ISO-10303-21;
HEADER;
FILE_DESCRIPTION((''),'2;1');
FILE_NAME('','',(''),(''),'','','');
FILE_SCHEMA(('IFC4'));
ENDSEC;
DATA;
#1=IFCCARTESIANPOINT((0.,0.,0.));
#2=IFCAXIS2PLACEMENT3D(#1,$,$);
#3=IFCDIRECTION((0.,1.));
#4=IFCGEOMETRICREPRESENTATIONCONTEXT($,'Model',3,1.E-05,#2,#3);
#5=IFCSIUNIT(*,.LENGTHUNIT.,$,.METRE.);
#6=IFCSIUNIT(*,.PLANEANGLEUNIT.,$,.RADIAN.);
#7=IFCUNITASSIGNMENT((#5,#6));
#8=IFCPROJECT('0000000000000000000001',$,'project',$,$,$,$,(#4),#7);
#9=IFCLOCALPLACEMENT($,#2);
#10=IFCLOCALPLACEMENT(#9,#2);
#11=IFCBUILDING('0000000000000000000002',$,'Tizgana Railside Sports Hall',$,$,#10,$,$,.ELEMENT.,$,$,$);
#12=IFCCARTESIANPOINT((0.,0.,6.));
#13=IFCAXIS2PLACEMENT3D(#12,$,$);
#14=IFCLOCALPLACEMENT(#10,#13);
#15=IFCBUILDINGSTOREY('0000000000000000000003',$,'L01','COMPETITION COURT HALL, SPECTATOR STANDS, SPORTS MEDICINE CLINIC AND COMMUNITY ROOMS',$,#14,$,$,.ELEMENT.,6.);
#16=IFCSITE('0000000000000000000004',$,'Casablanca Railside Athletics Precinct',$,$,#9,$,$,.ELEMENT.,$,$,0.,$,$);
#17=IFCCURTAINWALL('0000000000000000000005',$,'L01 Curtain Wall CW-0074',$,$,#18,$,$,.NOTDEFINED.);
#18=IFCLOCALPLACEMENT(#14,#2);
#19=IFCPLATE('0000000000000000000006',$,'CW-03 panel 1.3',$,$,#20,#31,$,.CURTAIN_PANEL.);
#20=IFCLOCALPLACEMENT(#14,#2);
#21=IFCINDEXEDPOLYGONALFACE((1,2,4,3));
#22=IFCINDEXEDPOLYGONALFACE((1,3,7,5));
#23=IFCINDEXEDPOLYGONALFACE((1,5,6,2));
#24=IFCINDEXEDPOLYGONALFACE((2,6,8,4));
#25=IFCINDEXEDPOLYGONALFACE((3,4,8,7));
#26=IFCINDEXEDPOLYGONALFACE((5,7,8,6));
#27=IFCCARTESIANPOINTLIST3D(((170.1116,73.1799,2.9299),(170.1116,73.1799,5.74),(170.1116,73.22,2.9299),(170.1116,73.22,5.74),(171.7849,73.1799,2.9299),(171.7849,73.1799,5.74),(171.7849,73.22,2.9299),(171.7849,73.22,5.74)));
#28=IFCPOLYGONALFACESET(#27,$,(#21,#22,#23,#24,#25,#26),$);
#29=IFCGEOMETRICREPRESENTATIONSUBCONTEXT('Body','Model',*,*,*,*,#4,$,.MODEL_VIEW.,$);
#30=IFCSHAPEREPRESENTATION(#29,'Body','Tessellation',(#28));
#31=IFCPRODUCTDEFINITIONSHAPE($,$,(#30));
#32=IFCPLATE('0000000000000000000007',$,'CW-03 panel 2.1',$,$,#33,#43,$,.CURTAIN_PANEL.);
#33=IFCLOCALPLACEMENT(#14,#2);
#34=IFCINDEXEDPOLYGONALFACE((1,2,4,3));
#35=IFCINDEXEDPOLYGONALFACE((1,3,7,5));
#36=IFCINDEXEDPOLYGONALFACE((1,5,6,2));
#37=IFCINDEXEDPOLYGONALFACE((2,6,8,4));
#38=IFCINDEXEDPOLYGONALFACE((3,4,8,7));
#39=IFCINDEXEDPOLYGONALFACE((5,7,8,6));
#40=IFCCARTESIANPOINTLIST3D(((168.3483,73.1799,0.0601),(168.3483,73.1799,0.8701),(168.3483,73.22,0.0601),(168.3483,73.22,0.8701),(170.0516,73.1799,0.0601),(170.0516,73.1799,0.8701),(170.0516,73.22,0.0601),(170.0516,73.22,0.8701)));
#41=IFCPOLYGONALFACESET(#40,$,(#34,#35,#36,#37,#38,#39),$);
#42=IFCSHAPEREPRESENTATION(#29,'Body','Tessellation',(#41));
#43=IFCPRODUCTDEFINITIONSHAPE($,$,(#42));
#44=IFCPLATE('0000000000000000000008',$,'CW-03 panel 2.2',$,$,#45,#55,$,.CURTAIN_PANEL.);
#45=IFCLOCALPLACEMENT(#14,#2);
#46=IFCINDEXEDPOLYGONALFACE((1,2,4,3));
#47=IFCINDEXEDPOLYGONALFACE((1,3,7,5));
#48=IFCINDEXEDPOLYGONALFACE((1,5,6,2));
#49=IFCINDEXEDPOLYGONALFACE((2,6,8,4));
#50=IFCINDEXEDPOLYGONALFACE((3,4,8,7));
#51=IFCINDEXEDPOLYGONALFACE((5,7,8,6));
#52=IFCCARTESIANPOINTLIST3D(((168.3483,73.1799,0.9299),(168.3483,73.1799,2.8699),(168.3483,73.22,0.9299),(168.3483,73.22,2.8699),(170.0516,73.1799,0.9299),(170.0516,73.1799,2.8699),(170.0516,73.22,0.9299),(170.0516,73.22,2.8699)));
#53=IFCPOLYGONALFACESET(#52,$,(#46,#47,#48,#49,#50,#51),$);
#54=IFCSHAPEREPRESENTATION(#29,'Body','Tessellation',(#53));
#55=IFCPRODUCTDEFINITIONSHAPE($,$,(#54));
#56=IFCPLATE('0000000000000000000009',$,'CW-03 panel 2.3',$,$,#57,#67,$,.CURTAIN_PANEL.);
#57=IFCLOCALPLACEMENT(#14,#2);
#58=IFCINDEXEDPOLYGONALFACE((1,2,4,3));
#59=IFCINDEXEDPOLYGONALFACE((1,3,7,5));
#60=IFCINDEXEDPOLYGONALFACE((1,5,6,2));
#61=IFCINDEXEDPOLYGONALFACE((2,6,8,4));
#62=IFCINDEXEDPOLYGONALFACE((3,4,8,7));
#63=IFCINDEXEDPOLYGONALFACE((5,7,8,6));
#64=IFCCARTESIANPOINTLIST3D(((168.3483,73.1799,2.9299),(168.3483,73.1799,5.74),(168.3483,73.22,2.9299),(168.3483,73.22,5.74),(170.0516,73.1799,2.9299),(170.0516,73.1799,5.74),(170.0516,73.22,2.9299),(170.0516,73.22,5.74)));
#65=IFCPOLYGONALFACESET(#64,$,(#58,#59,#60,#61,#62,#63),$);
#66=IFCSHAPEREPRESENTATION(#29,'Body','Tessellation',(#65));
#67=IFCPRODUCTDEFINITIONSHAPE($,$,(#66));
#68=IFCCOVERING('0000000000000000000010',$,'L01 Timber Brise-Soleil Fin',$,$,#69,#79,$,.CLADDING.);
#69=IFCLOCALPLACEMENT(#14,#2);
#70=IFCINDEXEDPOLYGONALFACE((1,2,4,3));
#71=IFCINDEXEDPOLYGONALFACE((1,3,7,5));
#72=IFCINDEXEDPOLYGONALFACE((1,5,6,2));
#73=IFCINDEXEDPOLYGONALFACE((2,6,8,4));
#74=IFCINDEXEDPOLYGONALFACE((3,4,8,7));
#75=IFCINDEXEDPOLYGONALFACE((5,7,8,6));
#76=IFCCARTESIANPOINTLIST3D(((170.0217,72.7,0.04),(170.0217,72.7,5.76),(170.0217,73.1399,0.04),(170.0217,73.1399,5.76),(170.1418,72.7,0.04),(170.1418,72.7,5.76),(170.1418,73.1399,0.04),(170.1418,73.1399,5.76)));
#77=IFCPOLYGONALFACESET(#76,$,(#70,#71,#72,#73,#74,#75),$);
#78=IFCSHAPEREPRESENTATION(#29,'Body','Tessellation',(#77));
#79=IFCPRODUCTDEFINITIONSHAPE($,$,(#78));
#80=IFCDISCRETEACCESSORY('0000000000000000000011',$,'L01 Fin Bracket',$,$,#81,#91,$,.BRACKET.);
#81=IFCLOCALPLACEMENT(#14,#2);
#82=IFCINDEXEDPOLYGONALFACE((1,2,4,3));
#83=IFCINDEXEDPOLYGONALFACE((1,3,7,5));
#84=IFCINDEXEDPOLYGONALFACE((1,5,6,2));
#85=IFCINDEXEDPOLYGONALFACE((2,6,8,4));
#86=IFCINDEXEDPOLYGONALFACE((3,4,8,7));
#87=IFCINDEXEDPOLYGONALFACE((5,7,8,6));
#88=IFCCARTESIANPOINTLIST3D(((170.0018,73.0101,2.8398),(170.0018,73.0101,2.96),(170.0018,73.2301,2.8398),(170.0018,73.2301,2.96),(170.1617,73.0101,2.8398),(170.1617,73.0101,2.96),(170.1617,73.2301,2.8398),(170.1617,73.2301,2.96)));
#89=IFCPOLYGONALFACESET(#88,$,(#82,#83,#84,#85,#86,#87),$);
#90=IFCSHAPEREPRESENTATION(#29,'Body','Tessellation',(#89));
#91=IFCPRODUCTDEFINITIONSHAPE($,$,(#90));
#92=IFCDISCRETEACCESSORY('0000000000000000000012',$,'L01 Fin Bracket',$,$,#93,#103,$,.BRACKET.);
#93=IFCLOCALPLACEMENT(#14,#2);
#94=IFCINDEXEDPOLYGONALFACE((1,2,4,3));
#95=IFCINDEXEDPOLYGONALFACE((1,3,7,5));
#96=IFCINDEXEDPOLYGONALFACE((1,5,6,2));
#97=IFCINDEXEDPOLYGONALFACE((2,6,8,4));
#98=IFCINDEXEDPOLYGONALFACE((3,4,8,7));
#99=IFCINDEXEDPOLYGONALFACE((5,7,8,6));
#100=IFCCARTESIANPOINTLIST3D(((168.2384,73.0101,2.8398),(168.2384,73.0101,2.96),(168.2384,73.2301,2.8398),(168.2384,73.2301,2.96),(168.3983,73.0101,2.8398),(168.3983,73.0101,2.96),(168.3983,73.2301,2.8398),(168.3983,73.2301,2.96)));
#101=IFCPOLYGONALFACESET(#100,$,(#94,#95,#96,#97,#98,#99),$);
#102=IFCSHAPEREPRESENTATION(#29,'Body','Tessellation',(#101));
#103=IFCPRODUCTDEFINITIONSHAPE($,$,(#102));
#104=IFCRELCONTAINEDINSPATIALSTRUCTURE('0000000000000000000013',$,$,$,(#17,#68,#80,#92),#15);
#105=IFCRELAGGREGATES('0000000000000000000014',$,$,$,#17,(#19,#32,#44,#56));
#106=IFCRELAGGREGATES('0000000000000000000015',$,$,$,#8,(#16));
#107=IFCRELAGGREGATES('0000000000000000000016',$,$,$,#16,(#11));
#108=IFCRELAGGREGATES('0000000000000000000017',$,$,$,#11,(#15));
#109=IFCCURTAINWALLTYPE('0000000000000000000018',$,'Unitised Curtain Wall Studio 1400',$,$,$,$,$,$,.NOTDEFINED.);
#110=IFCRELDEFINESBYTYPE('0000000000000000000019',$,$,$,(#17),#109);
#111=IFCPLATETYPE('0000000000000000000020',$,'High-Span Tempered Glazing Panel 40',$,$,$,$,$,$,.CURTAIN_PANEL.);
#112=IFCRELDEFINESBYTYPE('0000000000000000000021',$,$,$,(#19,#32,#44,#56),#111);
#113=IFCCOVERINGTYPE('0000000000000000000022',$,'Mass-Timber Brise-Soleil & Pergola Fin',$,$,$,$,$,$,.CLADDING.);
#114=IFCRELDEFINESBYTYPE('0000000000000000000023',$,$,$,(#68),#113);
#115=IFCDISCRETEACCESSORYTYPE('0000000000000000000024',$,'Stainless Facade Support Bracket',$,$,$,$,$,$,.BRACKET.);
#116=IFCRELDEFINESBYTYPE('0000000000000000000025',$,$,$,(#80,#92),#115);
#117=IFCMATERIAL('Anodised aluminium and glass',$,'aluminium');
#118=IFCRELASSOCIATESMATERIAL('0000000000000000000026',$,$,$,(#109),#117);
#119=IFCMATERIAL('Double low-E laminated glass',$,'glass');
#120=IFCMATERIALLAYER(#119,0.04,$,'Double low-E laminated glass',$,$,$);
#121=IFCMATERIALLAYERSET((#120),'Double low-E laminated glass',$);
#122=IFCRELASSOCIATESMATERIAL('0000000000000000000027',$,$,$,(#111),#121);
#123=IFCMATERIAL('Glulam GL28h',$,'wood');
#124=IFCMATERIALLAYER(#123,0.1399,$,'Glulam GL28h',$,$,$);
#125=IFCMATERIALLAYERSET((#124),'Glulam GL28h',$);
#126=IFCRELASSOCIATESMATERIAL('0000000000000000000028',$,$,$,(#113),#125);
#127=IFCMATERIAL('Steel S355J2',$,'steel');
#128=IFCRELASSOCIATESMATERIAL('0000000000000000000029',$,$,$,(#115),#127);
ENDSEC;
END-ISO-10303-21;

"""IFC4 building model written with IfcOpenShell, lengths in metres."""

from ifc_helpers import new_model, si_unit, direction, frame, origin, origin_2d, place, context, subcontext, project, spatial, rectangle, extrude, material, layer, layer_set, type_object, element, aggregate, save


model = new_model("IFC4")

# Units and contexts
model_context = context("Model", 3, precision=1e-05, world=origin(), true_north=direction((0.0, 1.0)))
body_context = subcontext(model_context, "Body", "Model", "MODEL_VIEW")
ifc_project = project(units=[si_unit("LENGTHUNIT", "METRE"), si_unit("PLANEANGLEUNIT", "RADIAN")], contexts=[model_context])

# Site, building, storey
site_placement = place(None, origin())
site = spatial("IfcSite", under=ifc_project, at=site_placement, Name="Casablanca Railside Athletics Precinct", CompositionType="ELEMENT", RefElevation=0.0)
building_placement = place(site_placement, origin())
building = spatial("IfcBuilding", under=site, at=building_placement, Name="Tizgana Railside Sports Hall", CompositionType="ELEMENT")
storey_placement = place(building_placement, frame((0.0, 0.0, 6.0)))
storey = spatial("IfcBuildingStorey", under=building, at=storey_placement, Name="L01", Description="COMPETITION COURT HALL, SPECTATOR STANDS, SPORTS MEDICINE CLINIC AND COMMUNITY ROOMS", CompositionType="ELEMENT", Elevation=6.0)

# Curtain wall
ifc_material_1 = material(Name="Anodised aluminium and glass", Category="aluminium")
curtain_wall_type_1 = type_object("IfcCurtainWallType", Name="Unitised Curtain Wall Studio 1400", PredefinedType="NOTDEFINED", material=ifc_material_1)
curtain_wall_1_placement = place(storey_placement, origin())
curtain_wall_1 = element("IfcCurtainWall", 1, at=curtain_wall_1_placement, inside=storey, type_object=curtain_wall_type_1, Name="L01 Curtain Wall CW-0074", PredefinedType="NOTDEFINED")

# Plates
ifc_material_2 = material(Name="Double low-E laminated glass", Category="glass")
ifc_layer_1 = layer(ifc_material_2, 0.04, Name="Double low-E laminated glass")
ifc_layer_set_1 = layer_set([ifc_layer_1], Name="Double low-E laminated glass")
plate_type_1 = type_object("IfcPlateType", Name="High-Span Tempered Glazing Panel 40", PredefinedType="CURTAIN_PANEL", material=ifc_layer_set_1)
plate_1_placement = place(storey_placement, frame((170.9482, 73.2, 2.9299), z_axis=(0.0, 0.0, 1.0), x_axis=(-1.0, 0.0, 0.0)))
plate_1 = element("IfcPlate", 2, at=plate_1_placement, type_object=plate_type_1, Name="CW-03 panel 1.3", PredefinedType="CURTAIN_PANEL", context=body_context, shape_type="SweptSolid", body=[
    extrude(rectangle(XDim=1.6733, YDim=0.04, at=origin_2d()), origin(), (0.0, 0.0, 1.0), 2.8101),
])
plate_2_placement = place(storey_placement, frame((169.2, 73.2, 0.0601), z_axis=(0.0, 0.0, 1.0), x_axis=(-1.0, 0.0, 0.0)))
plate_2 = element("IfcPlate", 3, at=plate_2_placement, type_object=plate_type_1, Name="CW-03 panel 2.1", PredefinedType="CURTAIN_PANEL", context=body_context, shape_type="SweptSolid", body=[
    extrude(rectangle(XDim=1.7034, YDim=0.04, at=origin_2d()), origin(), (0.0, 0.0, 1.0), 0.8101),
])
plate_3_placement = place(storey_placement, frame((169.2, 73.2, 0.9299), z_axis=(0.0, 0.0, 1.0), x_axis=(-1.0, 0.0, 0.0)))
plate_3 = element("IfcPlate", 4, at=plate_3_placement, type_object=plate_type_1, Name="CW-03 panel 2.2", PredefinedType="CURTAIN_PANEL", context=body_context, shape_type="SweptSolid", body=[
    extrude(rectangle(XDim=1.7034, YDim=0.04, at=origin_2d()), origin(), (0.0, 0.0, 1.0), 1.9399),
])
plate_4_placement = place(storey_placement, frame((169.2, 73.2, 2.9299), z_axis=(0.0, 0.0, 1.0), x_axis=(-1.0, 0.0, 0.0)))
plate_4 = element("IfcPlate", 5, at=plate_4_placement, type_object=plate_type_1, Name="CW-03 panel 2.3", PredefinedType="CURTAIN_PANEL", context=body_context, shape_type="SweptSolid", body=[
    extrude(rectangle(XDim=1.7034, YDim=0.04, at=origin_2d()), origin(), (0.0, 0.0, 1.0), 2.8101),
])
aggregate(curtain_wall_1, [plate_1, plate_2, plate_3, plate_4])

# Covering
ifc_material_3 = material(Name="Glulam GL28h", Category="wood")
ifc_layer_2 = layer(ifc_material_3, 0.1399, Name="Glulam GL28h")
ifc_layer_set_2 = layer_set([ifc_layer_2], Name="Glulam GL28h")
covering_type = type_object("IfcCoveringType", Name="Mass-Timber Brise-Soleil & Pergola Fin", PredefinedType="CLADDING", material=ifc_layer_set_2)
covering_placement = place(storey_placement, frame((170.0818, 72.9199, 0.04), z_axis=(0.0, 0.0, 1.0), x_axis=(-1.0, 0.0, 0.0)))
element("IfcCovering", 6, at=covering_placement, inside=storey, type_object=covering_type, Name="L01 Timber Brise-Soleil Fin", PredefinedType="CLADDING", context=body_context, shape_type="SweptSolid", body=[
    extrude(rectangle(XDim=0.1201, YDim=0.4399, at=origin_2d()), origin(), (0.0, 0.0, 1.0), 5.72),
])

# Discrete accessories
ifc_material_4 = material(Name="Steel S355J2", Category="steel")
discrete_accessory_type = type_object("IfcDiscreteAccessoryType", Name="Stainless Facade Support Bracket", PredefinedType="BRACKET", material=ifc_material_4)
for number, where, z_axis, x_axis, name in (
    (7, (170.0818, 73.1201, 2.8398), (0.0, 0.0, 1.0), (-1.0, 0.0, 0.0), "L01 Fin Bracket"),
    (8, (168.3184, 73.1201, 2.8398), (0.0, 0.0, 1.0), (-1.0, 0.0, 0.0), "L01 Fin Bracket"),
):
    element("IfcDiscreteAccessory", number, at=place(storey_placement, frame(where, z_axis=z_axis, x_axis=x_axis)), inside=storey, type_object=discrete_accessory_type, Name=name, PredefinedType="BRACKET", context=body_context, shape_type="SweptSolid", body=[
        extrude(rectangle(XDim=0.1599, YDim=0.22, at=origin_2d()), origin(), (0.0, 0.0, 1.0), 0.1201),
    ])

save(model, "model.ifc")
